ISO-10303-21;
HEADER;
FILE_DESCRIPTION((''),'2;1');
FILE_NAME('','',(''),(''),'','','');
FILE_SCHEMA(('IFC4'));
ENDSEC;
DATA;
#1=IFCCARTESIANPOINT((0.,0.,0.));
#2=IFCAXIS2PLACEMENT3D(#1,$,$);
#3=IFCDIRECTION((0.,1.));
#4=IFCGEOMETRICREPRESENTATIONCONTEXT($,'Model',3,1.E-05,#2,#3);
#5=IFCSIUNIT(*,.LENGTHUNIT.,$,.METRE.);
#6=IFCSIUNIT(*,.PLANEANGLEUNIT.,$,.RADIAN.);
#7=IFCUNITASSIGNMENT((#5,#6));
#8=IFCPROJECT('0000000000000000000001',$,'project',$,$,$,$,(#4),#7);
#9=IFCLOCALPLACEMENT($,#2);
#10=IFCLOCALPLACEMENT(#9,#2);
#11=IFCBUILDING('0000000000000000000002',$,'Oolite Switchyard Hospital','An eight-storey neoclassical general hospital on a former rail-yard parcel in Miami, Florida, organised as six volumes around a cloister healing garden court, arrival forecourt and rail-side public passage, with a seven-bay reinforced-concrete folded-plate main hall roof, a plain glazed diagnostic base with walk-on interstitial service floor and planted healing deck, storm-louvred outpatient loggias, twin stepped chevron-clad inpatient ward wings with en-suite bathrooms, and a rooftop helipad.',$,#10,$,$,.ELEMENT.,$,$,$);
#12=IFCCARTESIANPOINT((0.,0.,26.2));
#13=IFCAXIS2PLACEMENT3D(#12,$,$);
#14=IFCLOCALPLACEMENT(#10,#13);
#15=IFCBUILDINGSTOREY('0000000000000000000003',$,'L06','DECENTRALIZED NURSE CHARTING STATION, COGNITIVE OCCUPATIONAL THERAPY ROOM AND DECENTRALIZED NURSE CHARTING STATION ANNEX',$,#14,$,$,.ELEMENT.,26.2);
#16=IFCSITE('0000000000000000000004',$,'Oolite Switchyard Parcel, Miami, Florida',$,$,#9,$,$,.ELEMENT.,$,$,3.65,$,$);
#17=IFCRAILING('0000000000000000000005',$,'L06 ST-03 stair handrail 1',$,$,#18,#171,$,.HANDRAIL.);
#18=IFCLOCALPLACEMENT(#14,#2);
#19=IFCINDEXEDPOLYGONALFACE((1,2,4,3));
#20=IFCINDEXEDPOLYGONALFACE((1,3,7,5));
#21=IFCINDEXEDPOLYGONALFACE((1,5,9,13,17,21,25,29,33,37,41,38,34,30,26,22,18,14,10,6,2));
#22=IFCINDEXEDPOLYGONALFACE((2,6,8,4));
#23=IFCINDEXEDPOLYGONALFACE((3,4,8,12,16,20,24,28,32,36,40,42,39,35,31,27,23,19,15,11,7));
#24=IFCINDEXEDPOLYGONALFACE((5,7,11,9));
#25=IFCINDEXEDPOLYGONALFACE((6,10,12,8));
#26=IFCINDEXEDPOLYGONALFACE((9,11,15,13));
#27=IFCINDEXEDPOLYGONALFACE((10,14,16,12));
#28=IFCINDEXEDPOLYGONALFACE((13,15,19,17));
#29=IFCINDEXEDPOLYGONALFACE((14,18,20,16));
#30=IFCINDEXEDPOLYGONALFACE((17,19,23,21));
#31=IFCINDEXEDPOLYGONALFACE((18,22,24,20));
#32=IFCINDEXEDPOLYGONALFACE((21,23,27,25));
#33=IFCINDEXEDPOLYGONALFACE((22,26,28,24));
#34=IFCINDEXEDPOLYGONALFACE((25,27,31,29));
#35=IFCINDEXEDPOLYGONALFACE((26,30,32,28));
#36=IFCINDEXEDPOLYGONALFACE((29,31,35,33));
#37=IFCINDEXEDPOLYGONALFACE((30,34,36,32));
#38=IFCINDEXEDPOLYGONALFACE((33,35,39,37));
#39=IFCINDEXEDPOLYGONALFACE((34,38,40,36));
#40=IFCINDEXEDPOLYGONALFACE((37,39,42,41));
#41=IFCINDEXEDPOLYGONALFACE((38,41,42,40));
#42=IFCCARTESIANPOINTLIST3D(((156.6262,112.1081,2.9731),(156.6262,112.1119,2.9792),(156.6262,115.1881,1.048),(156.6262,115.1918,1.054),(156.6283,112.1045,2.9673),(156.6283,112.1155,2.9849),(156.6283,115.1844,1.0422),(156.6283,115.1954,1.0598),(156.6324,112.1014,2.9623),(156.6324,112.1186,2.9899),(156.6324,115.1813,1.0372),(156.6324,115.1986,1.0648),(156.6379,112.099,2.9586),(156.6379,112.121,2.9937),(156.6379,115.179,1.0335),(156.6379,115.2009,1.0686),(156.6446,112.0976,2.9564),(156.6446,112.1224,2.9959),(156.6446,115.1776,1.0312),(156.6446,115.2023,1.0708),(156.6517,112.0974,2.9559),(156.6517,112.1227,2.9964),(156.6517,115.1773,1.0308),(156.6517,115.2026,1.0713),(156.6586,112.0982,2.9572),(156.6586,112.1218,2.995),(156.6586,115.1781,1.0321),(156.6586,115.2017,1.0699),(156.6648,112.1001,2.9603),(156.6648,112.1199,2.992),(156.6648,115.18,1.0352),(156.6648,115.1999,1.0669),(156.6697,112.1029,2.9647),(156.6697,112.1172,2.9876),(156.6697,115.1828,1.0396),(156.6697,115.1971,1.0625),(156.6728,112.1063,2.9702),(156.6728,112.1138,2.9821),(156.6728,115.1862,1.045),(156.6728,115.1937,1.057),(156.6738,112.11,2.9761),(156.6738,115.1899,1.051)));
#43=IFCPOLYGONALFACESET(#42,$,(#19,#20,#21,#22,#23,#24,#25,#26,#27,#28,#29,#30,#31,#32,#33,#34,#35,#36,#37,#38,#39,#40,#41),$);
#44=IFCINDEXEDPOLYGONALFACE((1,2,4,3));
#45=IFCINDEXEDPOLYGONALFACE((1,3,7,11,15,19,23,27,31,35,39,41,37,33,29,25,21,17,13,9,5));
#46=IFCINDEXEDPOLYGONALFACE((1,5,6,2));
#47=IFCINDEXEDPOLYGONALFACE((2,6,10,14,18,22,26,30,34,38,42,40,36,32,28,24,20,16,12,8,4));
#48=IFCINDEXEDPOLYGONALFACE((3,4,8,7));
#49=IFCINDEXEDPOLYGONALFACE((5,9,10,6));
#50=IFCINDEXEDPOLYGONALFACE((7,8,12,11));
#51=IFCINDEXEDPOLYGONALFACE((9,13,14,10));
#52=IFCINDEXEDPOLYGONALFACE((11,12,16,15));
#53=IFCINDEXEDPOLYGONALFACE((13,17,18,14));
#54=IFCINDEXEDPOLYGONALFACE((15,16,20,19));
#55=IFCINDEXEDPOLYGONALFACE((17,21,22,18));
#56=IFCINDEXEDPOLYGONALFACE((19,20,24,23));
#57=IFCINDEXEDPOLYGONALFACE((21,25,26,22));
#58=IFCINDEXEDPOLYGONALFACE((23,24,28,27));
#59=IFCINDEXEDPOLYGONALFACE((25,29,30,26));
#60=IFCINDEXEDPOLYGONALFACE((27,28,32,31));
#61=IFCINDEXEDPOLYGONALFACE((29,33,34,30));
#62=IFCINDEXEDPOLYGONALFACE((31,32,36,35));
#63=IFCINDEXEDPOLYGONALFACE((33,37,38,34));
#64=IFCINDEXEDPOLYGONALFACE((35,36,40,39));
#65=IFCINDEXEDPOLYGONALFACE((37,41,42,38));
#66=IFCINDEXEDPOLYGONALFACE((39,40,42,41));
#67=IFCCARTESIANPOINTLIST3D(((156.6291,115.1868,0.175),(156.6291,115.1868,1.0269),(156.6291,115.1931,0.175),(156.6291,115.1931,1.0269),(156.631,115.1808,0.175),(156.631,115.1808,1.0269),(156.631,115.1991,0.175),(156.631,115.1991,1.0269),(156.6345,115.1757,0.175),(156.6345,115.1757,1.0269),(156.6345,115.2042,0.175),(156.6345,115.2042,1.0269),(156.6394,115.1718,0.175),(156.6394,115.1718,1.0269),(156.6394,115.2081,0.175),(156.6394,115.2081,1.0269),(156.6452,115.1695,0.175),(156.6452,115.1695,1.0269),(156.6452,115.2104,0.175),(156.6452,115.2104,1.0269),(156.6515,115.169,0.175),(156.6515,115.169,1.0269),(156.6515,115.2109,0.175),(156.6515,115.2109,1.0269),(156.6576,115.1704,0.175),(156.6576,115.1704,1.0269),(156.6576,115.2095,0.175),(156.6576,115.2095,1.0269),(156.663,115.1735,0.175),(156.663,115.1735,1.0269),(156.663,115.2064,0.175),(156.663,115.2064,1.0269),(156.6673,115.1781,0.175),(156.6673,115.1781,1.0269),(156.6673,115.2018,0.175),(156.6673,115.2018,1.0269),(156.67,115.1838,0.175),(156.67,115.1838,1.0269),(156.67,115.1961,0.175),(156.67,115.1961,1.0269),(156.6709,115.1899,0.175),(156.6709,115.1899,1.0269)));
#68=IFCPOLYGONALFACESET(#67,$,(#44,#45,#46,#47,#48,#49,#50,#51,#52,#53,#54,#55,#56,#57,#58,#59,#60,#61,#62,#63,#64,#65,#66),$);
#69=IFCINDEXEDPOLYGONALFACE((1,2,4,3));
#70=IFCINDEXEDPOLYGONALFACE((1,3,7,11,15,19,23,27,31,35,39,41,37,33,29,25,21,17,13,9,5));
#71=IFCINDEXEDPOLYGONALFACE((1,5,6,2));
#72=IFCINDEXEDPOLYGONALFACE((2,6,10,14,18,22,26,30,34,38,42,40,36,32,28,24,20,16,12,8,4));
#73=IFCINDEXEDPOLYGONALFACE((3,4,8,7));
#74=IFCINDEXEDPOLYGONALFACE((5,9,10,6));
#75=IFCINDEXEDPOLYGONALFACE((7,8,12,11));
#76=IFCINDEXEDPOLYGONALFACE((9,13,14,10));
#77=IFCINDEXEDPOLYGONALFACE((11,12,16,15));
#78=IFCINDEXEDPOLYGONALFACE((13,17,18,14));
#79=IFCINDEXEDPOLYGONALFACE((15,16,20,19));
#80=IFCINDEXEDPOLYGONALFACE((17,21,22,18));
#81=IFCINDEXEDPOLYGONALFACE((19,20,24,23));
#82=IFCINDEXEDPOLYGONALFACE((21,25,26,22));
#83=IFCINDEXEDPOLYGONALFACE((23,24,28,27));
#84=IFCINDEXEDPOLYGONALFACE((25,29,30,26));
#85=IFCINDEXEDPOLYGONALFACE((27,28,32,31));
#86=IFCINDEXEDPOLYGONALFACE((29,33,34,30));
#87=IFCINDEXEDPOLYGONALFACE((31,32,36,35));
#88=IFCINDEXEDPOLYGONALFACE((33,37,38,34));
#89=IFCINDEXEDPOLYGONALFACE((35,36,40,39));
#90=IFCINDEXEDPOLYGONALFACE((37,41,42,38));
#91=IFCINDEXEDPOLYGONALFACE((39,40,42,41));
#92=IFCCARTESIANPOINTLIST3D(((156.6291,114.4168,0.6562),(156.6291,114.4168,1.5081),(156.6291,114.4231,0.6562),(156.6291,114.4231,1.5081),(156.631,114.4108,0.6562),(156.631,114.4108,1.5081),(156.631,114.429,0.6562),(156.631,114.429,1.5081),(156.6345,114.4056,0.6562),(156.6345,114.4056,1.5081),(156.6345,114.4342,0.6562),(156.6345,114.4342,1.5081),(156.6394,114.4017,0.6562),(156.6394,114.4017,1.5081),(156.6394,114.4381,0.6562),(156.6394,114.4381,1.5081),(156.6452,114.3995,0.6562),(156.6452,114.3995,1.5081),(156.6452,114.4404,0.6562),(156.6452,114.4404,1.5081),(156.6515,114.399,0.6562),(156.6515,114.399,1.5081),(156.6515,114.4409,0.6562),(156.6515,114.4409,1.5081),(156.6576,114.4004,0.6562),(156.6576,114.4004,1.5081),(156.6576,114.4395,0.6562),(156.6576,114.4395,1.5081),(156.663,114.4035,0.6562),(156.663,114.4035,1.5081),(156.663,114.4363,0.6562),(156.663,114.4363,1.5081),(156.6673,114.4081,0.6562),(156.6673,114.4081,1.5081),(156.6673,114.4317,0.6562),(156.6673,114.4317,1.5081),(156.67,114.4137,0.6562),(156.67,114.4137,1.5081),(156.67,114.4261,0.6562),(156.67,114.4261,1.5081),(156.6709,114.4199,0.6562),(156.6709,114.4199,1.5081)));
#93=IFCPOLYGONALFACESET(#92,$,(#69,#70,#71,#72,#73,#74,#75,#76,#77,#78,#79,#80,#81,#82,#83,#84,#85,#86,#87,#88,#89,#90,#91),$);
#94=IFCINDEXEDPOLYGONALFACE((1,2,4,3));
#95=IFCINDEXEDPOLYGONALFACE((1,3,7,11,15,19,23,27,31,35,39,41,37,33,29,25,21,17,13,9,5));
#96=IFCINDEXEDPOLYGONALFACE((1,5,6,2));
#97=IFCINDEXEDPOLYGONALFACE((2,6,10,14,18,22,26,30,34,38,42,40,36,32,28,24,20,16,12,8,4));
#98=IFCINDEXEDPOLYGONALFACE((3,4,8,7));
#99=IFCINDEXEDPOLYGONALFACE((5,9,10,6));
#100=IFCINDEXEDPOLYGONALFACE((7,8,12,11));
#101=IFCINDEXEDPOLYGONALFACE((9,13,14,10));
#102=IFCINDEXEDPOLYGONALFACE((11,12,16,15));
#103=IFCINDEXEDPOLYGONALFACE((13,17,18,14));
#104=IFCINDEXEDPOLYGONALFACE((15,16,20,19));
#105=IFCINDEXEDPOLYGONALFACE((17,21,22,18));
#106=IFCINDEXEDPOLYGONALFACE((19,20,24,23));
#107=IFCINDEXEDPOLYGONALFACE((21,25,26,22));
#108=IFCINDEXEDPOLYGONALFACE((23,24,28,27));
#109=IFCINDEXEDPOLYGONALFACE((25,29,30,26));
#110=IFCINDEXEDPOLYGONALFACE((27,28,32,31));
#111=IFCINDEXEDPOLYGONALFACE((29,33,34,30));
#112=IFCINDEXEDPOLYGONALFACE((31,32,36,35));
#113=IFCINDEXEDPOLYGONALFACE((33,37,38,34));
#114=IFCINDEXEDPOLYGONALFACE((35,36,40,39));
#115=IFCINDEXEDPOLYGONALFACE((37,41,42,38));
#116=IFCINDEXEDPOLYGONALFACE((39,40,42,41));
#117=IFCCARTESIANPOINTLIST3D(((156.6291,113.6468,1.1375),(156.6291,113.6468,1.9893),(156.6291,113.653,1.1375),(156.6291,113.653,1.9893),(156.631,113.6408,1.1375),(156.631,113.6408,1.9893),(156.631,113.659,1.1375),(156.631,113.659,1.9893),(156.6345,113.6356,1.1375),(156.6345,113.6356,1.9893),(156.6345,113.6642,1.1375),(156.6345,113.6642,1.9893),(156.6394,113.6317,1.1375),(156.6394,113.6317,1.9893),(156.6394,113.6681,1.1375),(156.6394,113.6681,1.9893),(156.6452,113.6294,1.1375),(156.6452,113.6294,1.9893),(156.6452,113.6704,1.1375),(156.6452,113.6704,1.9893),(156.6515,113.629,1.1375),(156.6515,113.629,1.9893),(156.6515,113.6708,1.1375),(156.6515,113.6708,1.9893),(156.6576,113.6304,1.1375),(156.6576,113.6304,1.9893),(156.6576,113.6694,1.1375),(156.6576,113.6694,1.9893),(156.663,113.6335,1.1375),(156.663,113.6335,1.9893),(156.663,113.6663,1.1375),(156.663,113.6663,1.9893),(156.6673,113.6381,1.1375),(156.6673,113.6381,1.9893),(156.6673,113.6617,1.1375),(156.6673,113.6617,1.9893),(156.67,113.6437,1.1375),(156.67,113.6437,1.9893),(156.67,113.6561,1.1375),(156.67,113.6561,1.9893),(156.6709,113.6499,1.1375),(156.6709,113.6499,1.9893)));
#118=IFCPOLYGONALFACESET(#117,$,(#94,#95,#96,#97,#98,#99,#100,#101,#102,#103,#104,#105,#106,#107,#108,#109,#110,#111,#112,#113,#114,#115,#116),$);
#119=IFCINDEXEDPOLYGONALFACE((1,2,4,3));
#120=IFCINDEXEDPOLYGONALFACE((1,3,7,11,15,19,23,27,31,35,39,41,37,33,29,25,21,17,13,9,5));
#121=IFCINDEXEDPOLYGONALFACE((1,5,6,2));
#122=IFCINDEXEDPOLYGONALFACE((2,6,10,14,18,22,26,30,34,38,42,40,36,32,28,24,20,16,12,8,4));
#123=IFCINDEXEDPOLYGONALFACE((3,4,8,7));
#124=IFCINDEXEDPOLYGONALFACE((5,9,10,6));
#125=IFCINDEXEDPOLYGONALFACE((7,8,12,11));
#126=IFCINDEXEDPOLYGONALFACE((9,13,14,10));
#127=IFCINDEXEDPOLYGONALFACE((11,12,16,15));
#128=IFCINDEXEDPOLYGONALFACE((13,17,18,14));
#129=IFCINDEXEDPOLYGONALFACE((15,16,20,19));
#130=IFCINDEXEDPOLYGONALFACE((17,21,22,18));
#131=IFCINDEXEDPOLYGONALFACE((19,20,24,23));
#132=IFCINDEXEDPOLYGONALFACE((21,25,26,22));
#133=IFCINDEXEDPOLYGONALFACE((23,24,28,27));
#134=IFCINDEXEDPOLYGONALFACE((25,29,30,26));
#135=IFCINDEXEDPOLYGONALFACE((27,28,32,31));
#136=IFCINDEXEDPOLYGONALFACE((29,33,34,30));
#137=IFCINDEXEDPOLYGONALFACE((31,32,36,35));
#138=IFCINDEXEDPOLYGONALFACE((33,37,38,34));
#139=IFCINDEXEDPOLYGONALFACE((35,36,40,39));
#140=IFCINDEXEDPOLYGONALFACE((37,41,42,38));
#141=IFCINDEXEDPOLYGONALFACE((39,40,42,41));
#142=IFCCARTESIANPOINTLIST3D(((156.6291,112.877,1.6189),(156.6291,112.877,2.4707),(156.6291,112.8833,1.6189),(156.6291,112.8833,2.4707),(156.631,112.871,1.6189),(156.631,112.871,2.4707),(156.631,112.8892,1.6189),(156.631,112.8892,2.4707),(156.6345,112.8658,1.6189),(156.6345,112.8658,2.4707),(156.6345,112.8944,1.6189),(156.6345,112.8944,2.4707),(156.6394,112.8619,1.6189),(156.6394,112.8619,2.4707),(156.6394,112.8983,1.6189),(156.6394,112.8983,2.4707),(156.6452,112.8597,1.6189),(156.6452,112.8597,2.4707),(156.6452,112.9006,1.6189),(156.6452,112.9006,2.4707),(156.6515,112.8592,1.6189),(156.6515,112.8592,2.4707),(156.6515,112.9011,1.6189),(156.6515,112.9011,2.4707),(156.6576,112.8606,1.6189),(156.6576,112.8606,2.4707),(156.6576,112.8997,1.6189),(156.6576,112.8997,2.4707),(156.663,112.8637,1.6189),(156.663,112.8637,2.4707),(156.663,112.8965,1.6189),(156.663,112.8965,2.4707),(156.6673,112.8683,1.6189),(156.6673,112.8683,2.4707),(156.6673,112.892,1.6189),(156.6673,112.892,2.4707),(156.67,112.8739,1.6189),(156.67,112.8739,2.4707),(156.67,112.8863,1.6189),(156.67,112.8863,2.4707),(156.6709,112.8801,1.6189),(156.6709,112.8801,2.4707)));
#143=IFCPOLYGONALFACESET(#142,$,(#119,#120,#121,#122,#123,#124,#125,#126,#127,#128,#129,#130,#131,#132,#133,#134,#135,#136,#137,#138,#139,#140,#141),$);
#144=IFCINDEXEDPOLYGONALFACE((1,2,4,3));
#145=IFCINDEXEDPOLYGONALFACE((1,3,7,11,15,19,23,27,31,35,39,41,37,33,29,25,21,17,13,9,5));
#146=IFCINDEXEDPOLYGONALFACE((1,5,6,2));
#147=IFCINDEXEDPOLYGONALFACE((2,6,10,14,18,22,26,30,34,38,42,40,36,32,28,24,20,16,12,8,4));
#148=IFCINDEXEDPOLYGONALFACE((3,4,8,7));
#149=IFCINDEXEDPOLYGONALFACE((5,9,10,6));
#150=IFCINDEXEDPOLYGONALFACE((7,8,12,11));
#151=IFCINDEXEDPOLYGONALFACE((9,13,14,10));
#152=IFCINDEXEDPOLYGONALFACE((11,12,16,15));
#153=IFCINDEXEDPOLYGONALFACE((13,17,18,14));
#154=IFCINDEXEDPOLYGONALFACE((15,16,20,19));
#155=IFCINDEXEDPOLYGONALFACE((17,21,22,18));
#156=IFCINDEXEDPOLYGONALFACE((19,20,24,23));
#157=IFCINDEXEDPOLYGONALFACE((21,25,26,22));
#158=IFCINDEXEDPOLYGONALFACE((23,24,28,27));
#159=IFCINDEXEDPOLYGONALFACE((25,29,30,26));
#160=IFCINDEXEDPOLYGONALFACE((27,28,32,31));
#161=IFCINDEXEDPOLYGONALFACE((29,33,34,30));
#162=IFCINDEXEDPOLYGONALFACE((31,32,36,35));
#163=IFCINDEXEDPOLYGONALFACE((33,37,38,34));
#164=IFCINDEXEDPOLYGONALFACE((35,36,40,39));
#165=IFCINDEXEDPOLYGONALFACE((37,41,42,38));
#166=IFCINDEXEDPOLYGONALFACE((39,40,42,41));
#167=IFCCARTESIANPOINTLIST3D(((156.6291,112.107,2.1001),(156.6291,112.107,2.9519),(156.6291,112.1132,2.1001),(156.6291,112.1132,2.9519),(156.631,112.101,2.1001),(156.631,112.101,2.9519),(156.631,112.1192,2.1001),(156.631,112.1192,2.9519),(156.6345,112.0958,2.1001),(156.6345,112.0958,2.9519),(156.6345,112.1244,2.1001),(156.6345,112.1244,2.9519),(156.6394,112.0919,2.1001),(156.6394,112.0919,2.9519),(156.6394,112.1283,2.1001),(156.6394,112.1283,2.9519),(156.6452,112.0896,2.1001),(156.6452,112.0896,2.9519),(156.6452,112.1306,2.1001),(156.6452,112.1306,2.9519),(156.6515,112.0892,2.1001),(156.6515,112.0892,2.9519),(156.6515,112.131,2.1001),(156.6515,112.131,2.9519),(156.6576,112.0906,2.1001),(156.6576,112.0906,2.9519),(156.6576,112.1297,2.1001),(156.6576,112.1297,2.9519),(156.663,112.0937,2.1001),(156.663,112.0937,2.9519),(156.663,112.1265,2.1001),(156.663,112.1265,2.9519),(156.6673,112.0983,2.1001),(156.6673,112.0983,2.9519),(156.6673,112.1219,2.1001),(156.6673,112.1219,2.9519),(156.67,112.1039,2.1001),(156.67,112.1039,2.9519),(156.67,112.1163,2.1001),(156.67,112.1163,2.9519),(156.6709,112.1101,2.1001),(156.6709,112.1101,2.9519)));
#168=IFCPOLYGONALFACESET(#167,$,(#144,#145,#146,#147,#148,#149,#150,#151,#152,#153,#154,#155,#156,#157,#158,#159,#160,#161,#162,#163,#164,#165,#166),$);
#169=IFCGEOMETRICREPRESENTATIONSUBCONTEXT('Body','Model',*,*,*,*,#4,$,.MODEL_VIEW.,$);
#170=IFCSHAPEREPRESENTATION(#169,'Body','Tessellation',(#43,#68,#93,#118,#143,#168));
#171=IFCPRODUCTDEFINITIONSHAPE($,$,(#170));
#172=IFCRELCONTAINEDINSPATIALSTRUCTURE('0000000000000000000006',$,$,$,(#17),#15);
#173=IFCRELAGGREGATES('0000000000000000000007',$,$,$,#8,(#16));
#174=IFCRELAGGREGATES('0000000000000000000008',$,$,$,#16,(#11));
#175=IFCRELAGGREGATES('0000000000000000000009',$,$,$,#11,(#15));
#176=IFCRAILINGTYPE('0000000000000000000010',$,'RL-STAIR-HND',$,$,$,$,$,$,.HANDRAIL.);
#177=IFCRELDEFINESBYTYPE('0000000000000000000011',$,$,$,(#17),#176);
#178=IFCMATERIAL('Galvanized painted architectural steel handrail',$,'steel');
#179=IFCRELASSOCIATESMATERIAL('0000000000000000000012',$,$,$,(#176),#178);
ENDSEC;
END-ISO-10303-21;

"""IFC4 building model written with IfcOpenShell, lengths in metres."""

from ifc_helpers import new_model, si_unit, direction, frame, origin, origin_2d, place, context, subcontext, project, spatial, circle, extrude, material, type_object, element, save


model = new_model("IFC4")

# Units and contexts
model_context = context("Model", 3, precision=1e-05, world=origin(), true_north=direction((0.0, 1.0)))
body_context = subcontext(model_context, "Body", "Model", "MODEL_VIEW")
ifc_project = project(units=[si_unit("LENGTHUNIT", "METRE"), si_unit("PLANEANGLEUNIT", "RADIAN")], contexts=[model_context])

# Site, building, storey
site_placement = place(None, origin())
site = spatial("IfcSite", under=ifc_project, at=site_placement, Name="Oolite Switchyard Parcel, Miami, Florida", CompositionType="ELEMENT", RefElevation=3.65)
building_placement = place(site_placement, origin())
building = spatial("IfcBuilding", under=site, at=building_placement, Name="Oolite Switchyard Hospital", Description="An eight-storey neoclassical general hospital on a former rail-yard parcel in Miami, Florida, organised as six volumes around a cloister healing garden court, arrival forecourt and rail-side public passage, with a seven-bay reinforced-concrete folded-plate main hall roof, a plain glazed diagnostic base with walk-on interstitial service floor and planted healing deck, storm-louvred outpatient loggias, twin stepped chevron-clad inpatient ward wings with en-suite bathrooms, and a rooftop helipad.", CompositionType="ELEMENT")
storey_placement = place(building_placement, frame((0.0, 0.0, 26.2)))
storey = spatial("IfcBuildingStorey", under=building, at=storey_placement, Name="L06", Description="DECENTRALIZED NURSE CHARTING STATION, COGNITIVE OCCUPATIONAL THERAPY ROOM AND DECENTRALIZED NURSE CHARTING STATION ANNEX", CompositionType="ELEMENT", Elevation=26.2)

# Railing
ifc_material_1 = material(Name="Galvanized painted architectural steel handrail", Category="steel")
railing_type_1 = type_object("IfcRailingType", Name="RL-STAIR-HND", PredefinedType="HANDRAIL", material=ifc_material_1)
railing_1_placement = place(storey_placement, frame((156.6499, 115.1899, 0.175)))
element("IfcRailing", 1, at=railing_1_placement, inside=storey, type_object=railing_type_1, Name="L06 ST-03 stair handrail 1", PredefinedType="HANDRAIL", context=body_context, shape_type="SweptSolid", body=[
    extrude(circle(Radius=0.0239, at=origin_2d()), frame((0.0, 0.0, 0.876), z_axis=(0.0, -0.847979, 0.530029), x_axis=(1.0, 0.0, 0.0)), (0.0, 0.0, 1.0), 3.6321),
    extrude(circle(Radius=0.021, at=origin_2d()), origin(), (0.0, 0.0, 1.0), 0.8518),
    extrude(circle(Radius=0.021, at=origin_2d()), frame((0.0, -0.77, 0.4812)), (0.0, 0.0, 1.0), 0.8518),
    extrude(circle(Radius=0.021, at=origin_2d()), frame((0.0, -1.54, 0.9624)), (0.0, 0.0, 1.0), 0.8518),
    extrude(circle(Radius=0.021, at=origin_2d()), frame((0.0, -2.3098, 1.4438)), (0.0, 0.0, 1.0), 0.8518),
    extrude(circle(Radius=0.021, at=origin_2d()), frame((0.0, -3.0798, 1.925)), (0.0, 0.0, 1.0), 0.8518),
])

save(model, "model.ifc")
